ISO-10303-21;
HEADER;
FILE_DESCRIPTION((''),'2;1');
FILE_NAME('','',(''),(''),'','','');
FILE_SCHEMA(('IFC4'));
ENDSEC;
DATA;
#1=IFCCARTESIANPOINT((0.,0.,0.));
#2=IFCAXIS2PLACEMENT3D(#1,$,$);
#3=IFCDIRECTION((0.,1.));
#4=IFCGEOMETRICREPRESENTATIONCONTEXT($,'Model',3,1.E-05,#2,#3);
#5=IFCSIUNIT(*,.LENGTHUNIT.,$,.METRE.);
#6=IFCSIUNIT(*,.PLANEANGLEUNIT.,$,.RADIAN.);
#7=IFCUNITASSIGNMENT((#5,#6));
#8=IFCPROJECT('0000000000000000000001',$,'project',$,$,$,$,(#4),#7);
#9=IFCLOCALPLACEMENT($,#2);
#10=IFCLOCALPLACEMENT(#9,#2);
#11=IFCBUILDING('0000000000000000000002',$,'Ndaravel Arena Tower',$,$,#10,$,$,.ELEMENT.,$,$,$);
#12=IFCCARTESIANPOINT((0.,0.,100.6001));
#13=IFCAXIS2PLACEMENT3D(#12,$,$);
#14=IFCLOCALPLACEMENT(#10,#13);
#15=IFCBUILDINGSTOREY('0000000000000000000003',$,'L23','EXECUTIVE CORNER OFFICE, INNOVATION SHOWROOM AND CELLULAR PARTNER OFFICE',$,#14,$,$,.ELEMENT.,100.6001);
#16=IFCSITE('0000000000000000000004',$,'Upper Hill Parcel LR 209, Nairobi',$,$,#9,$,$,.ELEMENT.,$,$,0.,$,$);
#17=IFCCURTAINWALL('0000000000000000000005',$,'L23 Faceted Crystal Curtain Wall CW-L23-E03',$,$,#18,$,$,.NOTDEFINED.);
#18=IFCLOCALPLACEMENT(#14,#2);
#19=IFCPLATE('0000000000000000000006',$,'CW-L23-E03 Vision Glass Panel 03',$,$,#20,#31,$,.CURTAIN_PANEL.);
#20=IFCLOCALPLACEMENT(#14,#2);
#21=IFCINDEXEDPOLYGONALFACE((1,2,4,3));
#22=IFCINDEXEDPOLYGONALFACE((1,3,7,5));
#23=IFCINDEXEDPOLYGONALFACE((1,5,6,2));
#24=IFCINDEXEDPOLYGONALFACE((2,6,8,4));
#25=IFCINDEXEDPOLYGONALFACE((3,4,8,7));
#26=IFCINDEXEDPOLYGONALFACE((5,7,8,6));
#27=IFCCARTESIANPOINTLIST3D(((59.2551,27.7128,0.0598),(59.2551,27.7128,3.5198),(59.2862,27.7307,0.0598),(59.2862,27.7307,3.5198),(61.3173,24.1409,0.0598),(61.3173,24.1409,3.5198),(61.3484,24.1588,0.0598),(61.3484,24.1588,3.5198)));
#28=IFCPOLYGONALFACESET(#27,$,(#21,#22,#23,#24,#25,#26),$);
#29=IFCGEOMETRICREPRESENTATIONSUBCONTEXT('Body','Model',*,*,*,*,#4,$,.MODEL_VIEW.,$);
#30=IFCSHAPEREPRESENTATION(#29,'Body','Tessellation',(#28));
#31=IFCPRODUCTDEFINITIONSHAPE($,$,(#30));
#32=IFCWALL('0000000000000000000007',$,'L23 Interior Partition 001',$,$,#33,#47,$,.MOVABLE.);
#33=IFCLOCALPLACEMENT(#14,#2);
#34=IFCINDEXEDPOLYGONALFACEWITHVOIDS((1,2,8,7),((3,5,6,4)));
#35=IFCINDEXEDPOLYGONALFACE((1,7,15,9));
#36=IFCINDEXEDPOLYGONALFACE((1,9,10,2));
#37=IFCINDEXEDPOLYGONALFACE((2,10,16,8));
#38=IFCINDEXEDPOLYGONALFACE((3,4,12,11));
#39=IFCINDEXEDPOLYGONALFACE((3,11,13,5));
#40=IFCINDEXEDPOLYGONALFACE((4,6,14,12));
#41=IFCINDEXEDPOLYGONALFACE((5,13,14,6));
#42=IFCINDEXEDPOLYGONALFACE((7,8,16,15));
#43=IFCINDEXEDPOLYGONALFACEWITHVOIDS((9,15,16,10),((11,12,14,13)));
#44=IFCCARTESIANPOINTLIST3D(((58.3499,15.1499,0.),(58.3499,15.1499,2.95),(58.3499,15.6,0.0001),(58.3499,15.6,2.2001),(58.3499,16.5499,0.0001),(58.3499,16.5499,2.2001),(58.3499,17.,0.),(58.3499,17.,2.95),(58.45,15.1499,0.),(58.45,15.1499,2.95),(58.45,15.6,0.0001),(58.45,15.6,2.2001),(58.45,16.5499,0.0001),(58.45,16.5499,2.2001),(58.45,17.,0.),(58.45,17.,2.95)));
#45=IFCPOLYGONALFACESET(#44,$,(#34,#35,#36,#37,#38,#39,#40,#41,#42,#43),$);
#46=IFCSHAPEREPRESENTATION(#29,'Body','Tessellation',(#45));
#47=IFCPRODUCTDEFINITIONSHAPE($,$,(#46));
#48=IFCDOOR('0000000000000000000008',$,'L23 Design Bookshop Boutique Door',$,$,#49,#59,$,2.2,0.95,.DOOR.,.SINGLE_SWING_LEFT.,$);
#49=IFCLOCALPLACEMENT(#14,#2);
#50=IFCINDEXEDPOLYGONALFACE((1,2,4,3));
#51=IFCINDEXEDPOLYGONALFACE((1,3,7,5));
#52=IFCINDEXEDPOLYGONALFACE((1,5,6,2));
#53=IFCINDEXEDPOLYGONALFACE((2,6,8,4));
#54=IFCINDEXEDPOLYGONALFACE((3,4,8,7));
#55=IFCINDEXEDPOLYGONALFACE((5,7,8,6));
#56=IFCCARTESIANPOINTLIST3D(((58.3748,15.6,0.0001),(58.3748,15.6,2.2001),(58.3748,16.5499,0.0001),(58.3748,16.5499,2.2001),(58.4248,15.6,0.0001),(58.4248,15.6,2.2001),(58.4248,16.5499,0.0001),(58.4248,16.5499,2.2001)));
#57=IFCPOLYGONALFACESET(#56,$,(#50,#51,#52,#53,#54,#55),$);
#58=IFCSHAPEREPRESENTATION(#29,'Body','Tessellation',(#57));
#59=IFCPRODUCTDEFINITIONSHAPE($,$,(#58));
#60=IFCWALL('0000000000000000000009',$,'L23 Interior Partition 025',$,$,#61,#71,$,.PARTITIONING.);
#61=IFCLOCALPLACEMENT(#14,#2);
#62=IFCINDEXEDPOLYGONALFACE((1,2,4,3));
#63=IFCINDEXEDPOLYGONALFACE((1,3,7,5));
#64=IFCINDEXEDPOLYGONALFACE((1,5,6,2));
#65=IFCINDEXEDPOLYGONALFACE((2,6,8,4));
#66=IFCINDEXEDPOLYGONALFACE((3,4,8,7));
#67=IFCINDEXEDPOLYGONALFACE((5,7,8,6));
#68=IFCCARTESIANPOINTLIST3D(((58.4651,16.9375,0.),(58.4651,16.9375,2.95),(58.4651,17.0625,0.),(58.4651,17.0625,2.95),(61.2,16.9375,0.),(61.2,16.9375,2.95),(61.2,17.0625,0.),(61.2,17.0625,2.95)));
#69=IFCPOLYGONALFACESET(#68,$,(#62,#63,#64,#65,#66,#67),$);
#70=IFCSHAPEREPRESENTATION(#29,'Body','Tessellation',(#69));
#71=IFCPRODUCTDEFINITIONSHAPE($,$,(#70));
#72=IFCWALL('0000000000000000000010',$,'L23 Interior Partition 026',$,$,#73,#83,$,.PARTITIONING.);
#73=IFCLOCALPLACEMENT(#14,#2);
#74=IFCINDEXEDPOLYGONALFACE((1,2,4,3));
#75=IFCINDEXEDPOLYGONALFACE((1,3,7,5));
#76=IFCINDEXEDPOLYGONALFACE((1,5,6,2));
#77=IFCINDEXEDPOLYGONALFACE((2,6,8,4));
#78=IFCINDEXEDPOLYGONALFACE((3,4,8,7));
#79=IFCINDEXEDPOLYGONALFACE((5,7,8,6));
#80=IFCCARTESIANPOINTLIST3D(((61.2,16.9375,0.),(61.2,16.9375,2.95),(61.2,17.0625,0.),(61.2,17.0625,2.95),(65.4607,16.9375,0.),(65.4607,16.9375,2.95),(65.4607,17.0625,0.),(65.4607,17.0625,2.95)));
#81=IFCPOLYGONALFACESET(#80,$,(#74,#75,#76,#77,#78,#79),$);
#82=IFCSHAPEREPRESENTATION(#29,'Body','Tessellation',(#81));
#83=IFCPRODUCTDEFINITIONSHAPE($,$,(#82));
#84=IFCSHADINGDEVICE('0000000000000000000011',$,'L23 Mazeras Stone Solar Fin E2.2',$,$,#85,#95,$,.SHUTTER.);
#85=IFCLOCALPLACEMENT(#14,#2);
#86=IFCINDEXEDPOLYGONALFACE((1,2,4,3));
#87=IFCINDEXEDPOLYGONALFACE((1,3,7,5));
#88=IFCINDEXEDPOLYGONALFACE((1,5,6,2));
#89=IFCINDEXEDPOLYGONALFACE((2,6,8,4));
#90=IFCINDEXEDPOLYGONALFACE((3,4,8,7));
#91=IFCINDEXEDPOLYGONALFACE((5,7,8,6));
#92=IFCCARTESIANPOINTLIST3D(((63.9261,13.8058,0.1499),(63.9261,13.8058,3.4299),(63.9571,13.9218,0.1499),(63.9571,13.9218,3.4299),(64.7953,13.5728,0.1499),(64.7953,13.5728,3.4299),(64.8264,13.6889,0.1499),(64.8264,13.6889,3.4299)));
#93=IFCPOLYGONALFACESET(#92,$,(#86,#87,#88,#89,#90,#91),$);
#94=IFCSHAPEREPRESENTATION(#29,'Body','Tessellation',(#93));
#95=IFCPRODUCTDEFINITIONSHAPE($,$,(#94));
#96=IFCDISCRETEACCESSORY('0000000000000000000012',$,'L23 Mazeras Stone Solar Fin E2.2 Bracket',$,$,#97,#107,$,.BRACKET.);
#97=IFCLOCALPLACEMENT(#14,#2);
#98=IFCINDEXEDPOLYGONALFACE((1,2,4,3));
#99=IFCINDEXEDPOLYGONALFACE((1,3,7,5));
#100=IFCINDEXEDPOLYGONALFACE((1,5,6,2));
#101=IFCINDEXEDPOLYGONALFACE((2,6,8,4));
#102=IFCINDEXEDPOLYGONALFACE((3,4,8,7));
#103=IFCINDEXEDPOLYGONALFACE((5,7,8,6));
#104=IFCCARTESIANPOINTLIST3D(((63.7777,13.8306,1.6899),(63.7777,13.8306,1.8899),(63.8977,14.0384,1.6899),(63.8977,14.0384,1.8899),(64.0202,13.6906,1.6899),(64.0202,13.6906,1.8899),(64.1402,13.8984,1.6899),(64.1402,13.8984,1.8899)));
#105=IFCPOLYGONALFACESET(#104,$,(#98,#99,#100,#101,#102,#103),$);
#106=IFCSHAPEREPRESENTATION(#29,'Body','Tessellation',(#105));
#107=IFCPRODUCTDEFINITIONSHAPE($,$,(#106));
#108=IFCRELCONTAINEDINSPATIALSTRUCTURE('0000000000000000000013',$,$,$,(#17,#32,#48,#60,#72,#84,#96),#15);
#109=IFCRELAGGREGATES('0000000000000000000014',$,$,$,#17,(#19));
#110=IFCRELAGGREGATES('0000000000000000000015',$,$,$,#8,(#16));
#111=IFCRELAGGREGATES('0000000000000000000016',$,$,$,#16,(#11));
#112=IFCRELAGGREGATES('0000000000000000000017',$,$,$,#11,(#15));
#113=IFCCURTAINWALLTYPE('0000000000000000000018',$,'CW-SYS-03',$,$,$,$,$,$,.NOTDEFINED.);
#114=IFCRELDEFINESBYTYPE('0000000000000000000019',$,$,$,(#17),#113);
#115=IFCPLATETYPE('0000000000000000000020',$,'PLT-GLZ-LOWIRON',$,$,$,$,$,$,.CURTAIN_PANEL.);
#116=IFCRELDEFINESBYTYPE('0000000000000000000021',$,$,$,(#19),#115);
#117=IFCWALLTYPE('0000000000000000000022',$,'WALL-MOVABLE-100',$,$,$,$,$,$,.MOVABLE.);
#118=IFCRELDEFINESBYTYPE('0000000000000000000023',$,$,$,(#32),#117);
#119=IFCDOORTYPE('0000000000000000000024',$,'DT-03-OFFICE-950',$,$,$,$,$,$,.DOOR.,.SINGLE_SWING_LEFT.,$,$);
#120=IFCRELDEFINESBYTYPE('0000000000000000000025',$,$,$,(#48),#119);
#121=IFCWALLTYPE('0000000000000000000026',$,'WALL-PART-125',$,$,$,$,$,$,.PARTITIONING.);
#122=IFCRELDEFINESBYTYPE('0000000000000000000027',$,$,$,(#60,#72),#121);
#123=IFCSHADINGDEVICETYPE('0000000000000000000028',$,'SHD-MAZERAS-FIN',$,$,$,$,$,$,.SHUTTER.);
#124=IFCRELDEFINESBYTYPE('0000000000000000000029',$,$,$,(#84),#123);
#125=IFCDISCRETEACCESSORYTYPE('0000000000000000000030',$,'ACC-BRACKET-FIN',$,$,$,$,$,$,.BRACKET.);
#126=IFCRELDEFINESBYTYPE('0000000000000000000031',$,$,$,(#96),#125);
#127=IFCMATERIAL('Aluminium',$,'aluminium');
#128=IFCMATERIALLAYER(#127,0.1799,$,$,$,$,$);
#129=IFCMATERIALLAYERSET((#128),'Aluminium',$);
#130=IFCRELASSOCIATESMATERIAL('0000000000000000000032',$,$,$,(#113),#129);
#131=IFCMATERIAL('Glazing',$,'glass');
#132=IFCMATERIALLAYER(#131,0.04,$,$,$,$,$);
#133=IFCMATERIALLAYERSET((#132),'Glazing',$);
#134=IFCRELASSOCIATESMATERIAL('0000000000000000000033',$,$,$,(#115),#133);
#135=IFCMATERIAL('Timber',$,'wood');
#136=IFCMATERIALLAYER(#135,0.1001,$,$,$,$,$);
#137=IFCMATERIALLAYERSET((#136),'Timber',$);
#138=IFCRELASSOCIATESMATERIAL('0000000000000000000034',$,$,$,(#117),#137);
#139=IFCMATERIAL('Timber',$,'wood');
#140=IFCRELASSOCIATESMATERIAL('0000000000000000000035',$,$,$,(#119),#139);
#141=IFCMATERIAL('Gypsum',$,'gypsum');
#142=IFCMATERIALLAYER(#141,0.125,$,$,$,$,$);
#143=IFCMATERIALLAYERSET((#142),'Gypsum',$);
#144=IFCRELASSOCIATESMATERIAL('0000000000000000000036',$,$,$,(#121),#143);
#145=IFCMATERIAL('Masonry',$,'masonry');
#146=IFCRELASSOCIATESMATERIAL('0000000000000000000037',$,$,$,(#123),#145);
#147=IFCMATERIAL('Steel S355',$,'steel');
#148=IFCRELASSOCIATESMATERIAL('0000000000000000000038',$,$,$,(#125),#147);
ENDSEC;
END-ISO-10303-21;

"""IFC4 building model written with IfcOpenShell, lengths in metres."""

from ifc_helpers import new_model, si_unit, direction, frame, frame_2d, origin, origin_2d, place, context, subcontext, project, spatial, rectangle, extrude, material, layer, layer_set, type_object, element, fill, aggregate, save


model = new_model("IFC4")

# Units and contexts
model_context = context("Model", 3, precision=1e-05, world=origin(), true_north=direction((0.0, 1.0)))
body_context = subcontext(model_context, "Body", "Model", "MODEL_VIEW")
ifc_project = project(units=[si_unit("LENGTHUNIT", "METRE"), si_unit("PLANEANGLEUNIT", "RADIAN")], contexts=[model_context])

# Site, building, storey
site_placement = place(None, origin())
site = spatial("IfcSite", under=ifc_project, at=site_placement, Name="Upper Hill Parcel LR 209, Nairobi", CompositionType="ELEMENT", RefElevation=0.0)
building_placement = place(site_placement, origin())
building = spatial("IfcBuilding", under=site, at=building_placement, Name="Ndaravel Arena Tower", CompositionType="ELEMENT")
storey_placement = place(building_placement, frame((0.0, 0.0, 100.6001)))
storey = spatial("IfcBuildingStorey", under=building, at=storey_placement, Name="L23", Description="EXECUTIVE CORNER OFFICE, INNOVATION SHOWROOM AND CELLULAR PARTNER OFFICE", CompositionType="ELEMENT", Elevation=100.6001)

# Curtain wall
ifc_material_1 = material(Name="Aluminium", Category="aluminium")
ifc_layer_1 = layer(ifc_material_1, 0.1799)
ifc_layer_set_1 = layer_set([ifc_layer_1], Name="Aluminium")
curtain_wall_type_1 = type_object("IfcCurtainWallType", Name="CW-SYS-03", PredefinedType="NOTDEFINED", material=ifc_layer_set_1)
curtain_wall_1_placement = place(storey_placement, origin())
curtain_wall_1 = element("IfcCurtainWall", 1, at=curtain_wall_1_placement, inside=storey, type_object=curtain_wall_type_1, Name="L23 Faceted Crystal Curtain Wall CW-L23-E03", PredefinedType="NOTDEFINED")

# Plate
ifc_material_2 = material(Name="Glazing", Category="glass")
ifc_layer_2 = layer(ifc_material_2, 0.04)
ifc_layer_set_2 = layer_set([ifc_layer_2], Name="Glazing")
plate_type_1 = type_object("IfcPlateType", Name="PLT-GLZ-LOWIRON", PredefinedType="CURTAIN_PANEL", material=ifc_layer_set_2)
plate_1_placement = place(storey_placement, frame((60.3018, 25.9358, 0.0598), z_axis=(0.0, 0.0, 1.0), x_axis=(-0.5, 0.866025, 0.0)))
plate_1 = element("IfcPlate", 2, at=plate_1_placement, type_object=plate_type_1, Name="CW-L23-E03 Vision Glass Panel 03", PredefinedType="CURTAIN_PANEL", context=body_context, shape_type="SweptSolid", body=[
    extrude(rectangle(XDim=4.1245, YDim=0.0359, at=origin_2d()), origin(), (0.0, 0.0, 1.0), 3.46),
])
aggregate(curtain_wall_1, [plate_1])

# Wall, opening, door
ifc_material_3 = material(Name="Timber", Category="wood")
ifc_layer_3 = layer(ifc_material_3, 0.1001)
ifc_layer_set_3 = layer_set([ifc_layer_3], Name="Timber")
wall_type_1 = type_object("IfcWallType", Name="WALL-MOVABLE-100", PredefinedType="MOVABLE", material=ifc_layer_set_3)
wall_1_placement = place(storey_placement, frame((58.3999, 17.0, 0.0), z_axis=(0.0, 0.0, 1.0), x_axis=(0.0, -1.0, 0.0)))
wall_1 = element("IfcWall", 3, at=wall_1_placement, inside=storey, type_object=wall_type_1, Name="L23 Interior Partition 001", PredefinedType="MOVABLE", context=body_context, shape_type="SweptSolid", body=[
    extrude(rectangle(XDim=1.8501, YDim=0.1001, at=frame_2d((0.925, 0.0))), origin(), (0.0, 0.0, 1.0), 2.95),
])
opening_placement = place(wall_1_placement, frame((0.45, 0.0, 0.0)))
opening = element("IfcOpeningElement", 4, at=opening_placement, cuts=wall_1, PredefinedType="OPENING", context=body_context, shape_type="SweptSolid", body=[
    extrude(rectangle(XDim=0.95, YDim=2.2, at=frame_2d((0.4751, 1.1001))), frame((0.0, 0.05, 0.0), z_axis=(0.0, -1.0, 0.0), x_axis=(1.0, 0.0, 0.0)), (0.0, 0.0, 1.0), 0.1001),
])
ifc_material_4 = material(Name="Timber", Category="wood")
door_type = type_object("IfcDoorType", Name="DT-03-OFFICE-950", OperationType="SINGLE_SWING_LEFT", PredefinedType="DOOR", material=ifc_material_4)
door_placement = place(opening_placement, origin())
door = element("IfcDoor", 5, at=door_placement, inside=storey, type_object=door_type, Name="L23 Design Bookshop Boutique Door", OperationType="SINGLE_SWING_LEFT", OverallHeight=2.2, OverallWidth=0.95, PredefinedType="DOOR", context=body_context, shape_type="SweptSolid", body=[
    extrude(rectangle(XDim=0.95, YDim=2.2, at=frame_2d((0.4751, 1.1001))), frame((0.0, 0.0249, 0.0), z_axis=(0.0, -1.0, 0.0), x_axis=(1.0, 0.0, 0.0)), (0.0, 0.0, 1.0), 0.05),
])
fill(opening, door)

# Walls
ifc_material_5 = material(Name="Gypsum", Category="gypsum")
ifc_layer_4 = layer(ifc_material_5, 0.125)
ifc_layer_set_4 = layer_set([ifc_layer_4], Name="Gypsum")
wall_type_2 = type_object("IfcWallType", Name="WALL-PART-125", PredefinedType="PARTITIONING", material=ifc_layer_set_4)
wall_2_placement = place(storey_placement, frame((58.4651, 17.0, 0.0), z_axis=(0.0, 0.0, 1.0), x_axis=(1.0, 0.0, 0.0)))
element("IfcWall", 6, at=wall_2_placement, inside=storey, type_object=wall_type_2, Name="L23 Interior Partition 025", PredefinedType="PARTITIONING", context=body_context, shape_type="SweptSolid", body=[
    extrude(rectangle(XDim=2.7349, YDim=0.125, at=frame_2d((1.3674, 0.0))), origin(), (0.0, 0.0, 1.0), 2.95),
])
wall_3_placement = place(storey_placement, frame((61.2, 17.0, 0.0), z_axis=(0.0, 0.0, 1.0), x_axis=(1.0, 0.0, 0.0)))
element("IfcWall", 7, at=wall_3_placement, inside=storey, type_object=wall_type_2, Name="L23 Interior Partition 026", PredefinedType="PARTITIONING", context=body_context, shape_type="SweptSolid", body=[
    extrude(rectangle(XDim=4.2607, YDim=0.125, at=frame_2d((2.1304, 0.0))), origin(), (0.0, 0.0, 1.0), 2.95),
])

# Shading device
ifc_material_6 = material(Name="Masonry", Category="masonry")
shading_device_type = type_object("IfcShadingDeviceType", Name="SHD-MAZERAS-FIN", PredefinedType="SHUTTER", material=ifc_material_6)
shading_device_placement = place(storey_placement, frame((64.3762, 13.7473, 0.1499), z_axis=(0.0, 0.0, 1.0), x_axis=(0.965926, -0.258819, 0.0)))
element("IfcShadingDevice", 8, at=shading_device_placement, inside=storey, type_object=shading_device_type, Name="L23 Mazeras Stone Solar Fin E2.2", PredefinedType="SHUTTER", context=body_context, shape_type="SweptSolid", body=[
    extrude(rectangle(XDim=0.8999, YDim=0.1201, at=origin_2d()), origin(), (0.0, 0.0, 1.0), 3.28),
])

# Discrete accessory
ifc_material_7 = material(Name="Steel S355", Category="steel")
discrete_accessory_type = type_object("IfcDiscreteAccessoryType", Name="ACC-BRACKET-FIN", PredefinedType="BRACKET", material=ifc_material_7)
discrete_accessory_placement = place(storey_placement, frame((63.959, 13.8645, 1.6899), z_axis=(0.0, 0.0, 1.0), x_axis=(0.866025, -0.5, 0.0)))
element("IfcDiscreteAccessory", 9, at=discrete_accessory_placement, inside=storey, type_object=discrete_accessory_type, Name="L23 Mazeras Stone Solar Fin E2.2 Bracket", PredefinedType="BRACKET", context=body_context, shape_type="SweptSolid", body=[
    extrude(rectangle(XDim=0.28, YDim=0.24, at=origin_2d()), origin(), (0.0, 0.0, 1.0), 0.2),
])

save(model, "model.ifc")
